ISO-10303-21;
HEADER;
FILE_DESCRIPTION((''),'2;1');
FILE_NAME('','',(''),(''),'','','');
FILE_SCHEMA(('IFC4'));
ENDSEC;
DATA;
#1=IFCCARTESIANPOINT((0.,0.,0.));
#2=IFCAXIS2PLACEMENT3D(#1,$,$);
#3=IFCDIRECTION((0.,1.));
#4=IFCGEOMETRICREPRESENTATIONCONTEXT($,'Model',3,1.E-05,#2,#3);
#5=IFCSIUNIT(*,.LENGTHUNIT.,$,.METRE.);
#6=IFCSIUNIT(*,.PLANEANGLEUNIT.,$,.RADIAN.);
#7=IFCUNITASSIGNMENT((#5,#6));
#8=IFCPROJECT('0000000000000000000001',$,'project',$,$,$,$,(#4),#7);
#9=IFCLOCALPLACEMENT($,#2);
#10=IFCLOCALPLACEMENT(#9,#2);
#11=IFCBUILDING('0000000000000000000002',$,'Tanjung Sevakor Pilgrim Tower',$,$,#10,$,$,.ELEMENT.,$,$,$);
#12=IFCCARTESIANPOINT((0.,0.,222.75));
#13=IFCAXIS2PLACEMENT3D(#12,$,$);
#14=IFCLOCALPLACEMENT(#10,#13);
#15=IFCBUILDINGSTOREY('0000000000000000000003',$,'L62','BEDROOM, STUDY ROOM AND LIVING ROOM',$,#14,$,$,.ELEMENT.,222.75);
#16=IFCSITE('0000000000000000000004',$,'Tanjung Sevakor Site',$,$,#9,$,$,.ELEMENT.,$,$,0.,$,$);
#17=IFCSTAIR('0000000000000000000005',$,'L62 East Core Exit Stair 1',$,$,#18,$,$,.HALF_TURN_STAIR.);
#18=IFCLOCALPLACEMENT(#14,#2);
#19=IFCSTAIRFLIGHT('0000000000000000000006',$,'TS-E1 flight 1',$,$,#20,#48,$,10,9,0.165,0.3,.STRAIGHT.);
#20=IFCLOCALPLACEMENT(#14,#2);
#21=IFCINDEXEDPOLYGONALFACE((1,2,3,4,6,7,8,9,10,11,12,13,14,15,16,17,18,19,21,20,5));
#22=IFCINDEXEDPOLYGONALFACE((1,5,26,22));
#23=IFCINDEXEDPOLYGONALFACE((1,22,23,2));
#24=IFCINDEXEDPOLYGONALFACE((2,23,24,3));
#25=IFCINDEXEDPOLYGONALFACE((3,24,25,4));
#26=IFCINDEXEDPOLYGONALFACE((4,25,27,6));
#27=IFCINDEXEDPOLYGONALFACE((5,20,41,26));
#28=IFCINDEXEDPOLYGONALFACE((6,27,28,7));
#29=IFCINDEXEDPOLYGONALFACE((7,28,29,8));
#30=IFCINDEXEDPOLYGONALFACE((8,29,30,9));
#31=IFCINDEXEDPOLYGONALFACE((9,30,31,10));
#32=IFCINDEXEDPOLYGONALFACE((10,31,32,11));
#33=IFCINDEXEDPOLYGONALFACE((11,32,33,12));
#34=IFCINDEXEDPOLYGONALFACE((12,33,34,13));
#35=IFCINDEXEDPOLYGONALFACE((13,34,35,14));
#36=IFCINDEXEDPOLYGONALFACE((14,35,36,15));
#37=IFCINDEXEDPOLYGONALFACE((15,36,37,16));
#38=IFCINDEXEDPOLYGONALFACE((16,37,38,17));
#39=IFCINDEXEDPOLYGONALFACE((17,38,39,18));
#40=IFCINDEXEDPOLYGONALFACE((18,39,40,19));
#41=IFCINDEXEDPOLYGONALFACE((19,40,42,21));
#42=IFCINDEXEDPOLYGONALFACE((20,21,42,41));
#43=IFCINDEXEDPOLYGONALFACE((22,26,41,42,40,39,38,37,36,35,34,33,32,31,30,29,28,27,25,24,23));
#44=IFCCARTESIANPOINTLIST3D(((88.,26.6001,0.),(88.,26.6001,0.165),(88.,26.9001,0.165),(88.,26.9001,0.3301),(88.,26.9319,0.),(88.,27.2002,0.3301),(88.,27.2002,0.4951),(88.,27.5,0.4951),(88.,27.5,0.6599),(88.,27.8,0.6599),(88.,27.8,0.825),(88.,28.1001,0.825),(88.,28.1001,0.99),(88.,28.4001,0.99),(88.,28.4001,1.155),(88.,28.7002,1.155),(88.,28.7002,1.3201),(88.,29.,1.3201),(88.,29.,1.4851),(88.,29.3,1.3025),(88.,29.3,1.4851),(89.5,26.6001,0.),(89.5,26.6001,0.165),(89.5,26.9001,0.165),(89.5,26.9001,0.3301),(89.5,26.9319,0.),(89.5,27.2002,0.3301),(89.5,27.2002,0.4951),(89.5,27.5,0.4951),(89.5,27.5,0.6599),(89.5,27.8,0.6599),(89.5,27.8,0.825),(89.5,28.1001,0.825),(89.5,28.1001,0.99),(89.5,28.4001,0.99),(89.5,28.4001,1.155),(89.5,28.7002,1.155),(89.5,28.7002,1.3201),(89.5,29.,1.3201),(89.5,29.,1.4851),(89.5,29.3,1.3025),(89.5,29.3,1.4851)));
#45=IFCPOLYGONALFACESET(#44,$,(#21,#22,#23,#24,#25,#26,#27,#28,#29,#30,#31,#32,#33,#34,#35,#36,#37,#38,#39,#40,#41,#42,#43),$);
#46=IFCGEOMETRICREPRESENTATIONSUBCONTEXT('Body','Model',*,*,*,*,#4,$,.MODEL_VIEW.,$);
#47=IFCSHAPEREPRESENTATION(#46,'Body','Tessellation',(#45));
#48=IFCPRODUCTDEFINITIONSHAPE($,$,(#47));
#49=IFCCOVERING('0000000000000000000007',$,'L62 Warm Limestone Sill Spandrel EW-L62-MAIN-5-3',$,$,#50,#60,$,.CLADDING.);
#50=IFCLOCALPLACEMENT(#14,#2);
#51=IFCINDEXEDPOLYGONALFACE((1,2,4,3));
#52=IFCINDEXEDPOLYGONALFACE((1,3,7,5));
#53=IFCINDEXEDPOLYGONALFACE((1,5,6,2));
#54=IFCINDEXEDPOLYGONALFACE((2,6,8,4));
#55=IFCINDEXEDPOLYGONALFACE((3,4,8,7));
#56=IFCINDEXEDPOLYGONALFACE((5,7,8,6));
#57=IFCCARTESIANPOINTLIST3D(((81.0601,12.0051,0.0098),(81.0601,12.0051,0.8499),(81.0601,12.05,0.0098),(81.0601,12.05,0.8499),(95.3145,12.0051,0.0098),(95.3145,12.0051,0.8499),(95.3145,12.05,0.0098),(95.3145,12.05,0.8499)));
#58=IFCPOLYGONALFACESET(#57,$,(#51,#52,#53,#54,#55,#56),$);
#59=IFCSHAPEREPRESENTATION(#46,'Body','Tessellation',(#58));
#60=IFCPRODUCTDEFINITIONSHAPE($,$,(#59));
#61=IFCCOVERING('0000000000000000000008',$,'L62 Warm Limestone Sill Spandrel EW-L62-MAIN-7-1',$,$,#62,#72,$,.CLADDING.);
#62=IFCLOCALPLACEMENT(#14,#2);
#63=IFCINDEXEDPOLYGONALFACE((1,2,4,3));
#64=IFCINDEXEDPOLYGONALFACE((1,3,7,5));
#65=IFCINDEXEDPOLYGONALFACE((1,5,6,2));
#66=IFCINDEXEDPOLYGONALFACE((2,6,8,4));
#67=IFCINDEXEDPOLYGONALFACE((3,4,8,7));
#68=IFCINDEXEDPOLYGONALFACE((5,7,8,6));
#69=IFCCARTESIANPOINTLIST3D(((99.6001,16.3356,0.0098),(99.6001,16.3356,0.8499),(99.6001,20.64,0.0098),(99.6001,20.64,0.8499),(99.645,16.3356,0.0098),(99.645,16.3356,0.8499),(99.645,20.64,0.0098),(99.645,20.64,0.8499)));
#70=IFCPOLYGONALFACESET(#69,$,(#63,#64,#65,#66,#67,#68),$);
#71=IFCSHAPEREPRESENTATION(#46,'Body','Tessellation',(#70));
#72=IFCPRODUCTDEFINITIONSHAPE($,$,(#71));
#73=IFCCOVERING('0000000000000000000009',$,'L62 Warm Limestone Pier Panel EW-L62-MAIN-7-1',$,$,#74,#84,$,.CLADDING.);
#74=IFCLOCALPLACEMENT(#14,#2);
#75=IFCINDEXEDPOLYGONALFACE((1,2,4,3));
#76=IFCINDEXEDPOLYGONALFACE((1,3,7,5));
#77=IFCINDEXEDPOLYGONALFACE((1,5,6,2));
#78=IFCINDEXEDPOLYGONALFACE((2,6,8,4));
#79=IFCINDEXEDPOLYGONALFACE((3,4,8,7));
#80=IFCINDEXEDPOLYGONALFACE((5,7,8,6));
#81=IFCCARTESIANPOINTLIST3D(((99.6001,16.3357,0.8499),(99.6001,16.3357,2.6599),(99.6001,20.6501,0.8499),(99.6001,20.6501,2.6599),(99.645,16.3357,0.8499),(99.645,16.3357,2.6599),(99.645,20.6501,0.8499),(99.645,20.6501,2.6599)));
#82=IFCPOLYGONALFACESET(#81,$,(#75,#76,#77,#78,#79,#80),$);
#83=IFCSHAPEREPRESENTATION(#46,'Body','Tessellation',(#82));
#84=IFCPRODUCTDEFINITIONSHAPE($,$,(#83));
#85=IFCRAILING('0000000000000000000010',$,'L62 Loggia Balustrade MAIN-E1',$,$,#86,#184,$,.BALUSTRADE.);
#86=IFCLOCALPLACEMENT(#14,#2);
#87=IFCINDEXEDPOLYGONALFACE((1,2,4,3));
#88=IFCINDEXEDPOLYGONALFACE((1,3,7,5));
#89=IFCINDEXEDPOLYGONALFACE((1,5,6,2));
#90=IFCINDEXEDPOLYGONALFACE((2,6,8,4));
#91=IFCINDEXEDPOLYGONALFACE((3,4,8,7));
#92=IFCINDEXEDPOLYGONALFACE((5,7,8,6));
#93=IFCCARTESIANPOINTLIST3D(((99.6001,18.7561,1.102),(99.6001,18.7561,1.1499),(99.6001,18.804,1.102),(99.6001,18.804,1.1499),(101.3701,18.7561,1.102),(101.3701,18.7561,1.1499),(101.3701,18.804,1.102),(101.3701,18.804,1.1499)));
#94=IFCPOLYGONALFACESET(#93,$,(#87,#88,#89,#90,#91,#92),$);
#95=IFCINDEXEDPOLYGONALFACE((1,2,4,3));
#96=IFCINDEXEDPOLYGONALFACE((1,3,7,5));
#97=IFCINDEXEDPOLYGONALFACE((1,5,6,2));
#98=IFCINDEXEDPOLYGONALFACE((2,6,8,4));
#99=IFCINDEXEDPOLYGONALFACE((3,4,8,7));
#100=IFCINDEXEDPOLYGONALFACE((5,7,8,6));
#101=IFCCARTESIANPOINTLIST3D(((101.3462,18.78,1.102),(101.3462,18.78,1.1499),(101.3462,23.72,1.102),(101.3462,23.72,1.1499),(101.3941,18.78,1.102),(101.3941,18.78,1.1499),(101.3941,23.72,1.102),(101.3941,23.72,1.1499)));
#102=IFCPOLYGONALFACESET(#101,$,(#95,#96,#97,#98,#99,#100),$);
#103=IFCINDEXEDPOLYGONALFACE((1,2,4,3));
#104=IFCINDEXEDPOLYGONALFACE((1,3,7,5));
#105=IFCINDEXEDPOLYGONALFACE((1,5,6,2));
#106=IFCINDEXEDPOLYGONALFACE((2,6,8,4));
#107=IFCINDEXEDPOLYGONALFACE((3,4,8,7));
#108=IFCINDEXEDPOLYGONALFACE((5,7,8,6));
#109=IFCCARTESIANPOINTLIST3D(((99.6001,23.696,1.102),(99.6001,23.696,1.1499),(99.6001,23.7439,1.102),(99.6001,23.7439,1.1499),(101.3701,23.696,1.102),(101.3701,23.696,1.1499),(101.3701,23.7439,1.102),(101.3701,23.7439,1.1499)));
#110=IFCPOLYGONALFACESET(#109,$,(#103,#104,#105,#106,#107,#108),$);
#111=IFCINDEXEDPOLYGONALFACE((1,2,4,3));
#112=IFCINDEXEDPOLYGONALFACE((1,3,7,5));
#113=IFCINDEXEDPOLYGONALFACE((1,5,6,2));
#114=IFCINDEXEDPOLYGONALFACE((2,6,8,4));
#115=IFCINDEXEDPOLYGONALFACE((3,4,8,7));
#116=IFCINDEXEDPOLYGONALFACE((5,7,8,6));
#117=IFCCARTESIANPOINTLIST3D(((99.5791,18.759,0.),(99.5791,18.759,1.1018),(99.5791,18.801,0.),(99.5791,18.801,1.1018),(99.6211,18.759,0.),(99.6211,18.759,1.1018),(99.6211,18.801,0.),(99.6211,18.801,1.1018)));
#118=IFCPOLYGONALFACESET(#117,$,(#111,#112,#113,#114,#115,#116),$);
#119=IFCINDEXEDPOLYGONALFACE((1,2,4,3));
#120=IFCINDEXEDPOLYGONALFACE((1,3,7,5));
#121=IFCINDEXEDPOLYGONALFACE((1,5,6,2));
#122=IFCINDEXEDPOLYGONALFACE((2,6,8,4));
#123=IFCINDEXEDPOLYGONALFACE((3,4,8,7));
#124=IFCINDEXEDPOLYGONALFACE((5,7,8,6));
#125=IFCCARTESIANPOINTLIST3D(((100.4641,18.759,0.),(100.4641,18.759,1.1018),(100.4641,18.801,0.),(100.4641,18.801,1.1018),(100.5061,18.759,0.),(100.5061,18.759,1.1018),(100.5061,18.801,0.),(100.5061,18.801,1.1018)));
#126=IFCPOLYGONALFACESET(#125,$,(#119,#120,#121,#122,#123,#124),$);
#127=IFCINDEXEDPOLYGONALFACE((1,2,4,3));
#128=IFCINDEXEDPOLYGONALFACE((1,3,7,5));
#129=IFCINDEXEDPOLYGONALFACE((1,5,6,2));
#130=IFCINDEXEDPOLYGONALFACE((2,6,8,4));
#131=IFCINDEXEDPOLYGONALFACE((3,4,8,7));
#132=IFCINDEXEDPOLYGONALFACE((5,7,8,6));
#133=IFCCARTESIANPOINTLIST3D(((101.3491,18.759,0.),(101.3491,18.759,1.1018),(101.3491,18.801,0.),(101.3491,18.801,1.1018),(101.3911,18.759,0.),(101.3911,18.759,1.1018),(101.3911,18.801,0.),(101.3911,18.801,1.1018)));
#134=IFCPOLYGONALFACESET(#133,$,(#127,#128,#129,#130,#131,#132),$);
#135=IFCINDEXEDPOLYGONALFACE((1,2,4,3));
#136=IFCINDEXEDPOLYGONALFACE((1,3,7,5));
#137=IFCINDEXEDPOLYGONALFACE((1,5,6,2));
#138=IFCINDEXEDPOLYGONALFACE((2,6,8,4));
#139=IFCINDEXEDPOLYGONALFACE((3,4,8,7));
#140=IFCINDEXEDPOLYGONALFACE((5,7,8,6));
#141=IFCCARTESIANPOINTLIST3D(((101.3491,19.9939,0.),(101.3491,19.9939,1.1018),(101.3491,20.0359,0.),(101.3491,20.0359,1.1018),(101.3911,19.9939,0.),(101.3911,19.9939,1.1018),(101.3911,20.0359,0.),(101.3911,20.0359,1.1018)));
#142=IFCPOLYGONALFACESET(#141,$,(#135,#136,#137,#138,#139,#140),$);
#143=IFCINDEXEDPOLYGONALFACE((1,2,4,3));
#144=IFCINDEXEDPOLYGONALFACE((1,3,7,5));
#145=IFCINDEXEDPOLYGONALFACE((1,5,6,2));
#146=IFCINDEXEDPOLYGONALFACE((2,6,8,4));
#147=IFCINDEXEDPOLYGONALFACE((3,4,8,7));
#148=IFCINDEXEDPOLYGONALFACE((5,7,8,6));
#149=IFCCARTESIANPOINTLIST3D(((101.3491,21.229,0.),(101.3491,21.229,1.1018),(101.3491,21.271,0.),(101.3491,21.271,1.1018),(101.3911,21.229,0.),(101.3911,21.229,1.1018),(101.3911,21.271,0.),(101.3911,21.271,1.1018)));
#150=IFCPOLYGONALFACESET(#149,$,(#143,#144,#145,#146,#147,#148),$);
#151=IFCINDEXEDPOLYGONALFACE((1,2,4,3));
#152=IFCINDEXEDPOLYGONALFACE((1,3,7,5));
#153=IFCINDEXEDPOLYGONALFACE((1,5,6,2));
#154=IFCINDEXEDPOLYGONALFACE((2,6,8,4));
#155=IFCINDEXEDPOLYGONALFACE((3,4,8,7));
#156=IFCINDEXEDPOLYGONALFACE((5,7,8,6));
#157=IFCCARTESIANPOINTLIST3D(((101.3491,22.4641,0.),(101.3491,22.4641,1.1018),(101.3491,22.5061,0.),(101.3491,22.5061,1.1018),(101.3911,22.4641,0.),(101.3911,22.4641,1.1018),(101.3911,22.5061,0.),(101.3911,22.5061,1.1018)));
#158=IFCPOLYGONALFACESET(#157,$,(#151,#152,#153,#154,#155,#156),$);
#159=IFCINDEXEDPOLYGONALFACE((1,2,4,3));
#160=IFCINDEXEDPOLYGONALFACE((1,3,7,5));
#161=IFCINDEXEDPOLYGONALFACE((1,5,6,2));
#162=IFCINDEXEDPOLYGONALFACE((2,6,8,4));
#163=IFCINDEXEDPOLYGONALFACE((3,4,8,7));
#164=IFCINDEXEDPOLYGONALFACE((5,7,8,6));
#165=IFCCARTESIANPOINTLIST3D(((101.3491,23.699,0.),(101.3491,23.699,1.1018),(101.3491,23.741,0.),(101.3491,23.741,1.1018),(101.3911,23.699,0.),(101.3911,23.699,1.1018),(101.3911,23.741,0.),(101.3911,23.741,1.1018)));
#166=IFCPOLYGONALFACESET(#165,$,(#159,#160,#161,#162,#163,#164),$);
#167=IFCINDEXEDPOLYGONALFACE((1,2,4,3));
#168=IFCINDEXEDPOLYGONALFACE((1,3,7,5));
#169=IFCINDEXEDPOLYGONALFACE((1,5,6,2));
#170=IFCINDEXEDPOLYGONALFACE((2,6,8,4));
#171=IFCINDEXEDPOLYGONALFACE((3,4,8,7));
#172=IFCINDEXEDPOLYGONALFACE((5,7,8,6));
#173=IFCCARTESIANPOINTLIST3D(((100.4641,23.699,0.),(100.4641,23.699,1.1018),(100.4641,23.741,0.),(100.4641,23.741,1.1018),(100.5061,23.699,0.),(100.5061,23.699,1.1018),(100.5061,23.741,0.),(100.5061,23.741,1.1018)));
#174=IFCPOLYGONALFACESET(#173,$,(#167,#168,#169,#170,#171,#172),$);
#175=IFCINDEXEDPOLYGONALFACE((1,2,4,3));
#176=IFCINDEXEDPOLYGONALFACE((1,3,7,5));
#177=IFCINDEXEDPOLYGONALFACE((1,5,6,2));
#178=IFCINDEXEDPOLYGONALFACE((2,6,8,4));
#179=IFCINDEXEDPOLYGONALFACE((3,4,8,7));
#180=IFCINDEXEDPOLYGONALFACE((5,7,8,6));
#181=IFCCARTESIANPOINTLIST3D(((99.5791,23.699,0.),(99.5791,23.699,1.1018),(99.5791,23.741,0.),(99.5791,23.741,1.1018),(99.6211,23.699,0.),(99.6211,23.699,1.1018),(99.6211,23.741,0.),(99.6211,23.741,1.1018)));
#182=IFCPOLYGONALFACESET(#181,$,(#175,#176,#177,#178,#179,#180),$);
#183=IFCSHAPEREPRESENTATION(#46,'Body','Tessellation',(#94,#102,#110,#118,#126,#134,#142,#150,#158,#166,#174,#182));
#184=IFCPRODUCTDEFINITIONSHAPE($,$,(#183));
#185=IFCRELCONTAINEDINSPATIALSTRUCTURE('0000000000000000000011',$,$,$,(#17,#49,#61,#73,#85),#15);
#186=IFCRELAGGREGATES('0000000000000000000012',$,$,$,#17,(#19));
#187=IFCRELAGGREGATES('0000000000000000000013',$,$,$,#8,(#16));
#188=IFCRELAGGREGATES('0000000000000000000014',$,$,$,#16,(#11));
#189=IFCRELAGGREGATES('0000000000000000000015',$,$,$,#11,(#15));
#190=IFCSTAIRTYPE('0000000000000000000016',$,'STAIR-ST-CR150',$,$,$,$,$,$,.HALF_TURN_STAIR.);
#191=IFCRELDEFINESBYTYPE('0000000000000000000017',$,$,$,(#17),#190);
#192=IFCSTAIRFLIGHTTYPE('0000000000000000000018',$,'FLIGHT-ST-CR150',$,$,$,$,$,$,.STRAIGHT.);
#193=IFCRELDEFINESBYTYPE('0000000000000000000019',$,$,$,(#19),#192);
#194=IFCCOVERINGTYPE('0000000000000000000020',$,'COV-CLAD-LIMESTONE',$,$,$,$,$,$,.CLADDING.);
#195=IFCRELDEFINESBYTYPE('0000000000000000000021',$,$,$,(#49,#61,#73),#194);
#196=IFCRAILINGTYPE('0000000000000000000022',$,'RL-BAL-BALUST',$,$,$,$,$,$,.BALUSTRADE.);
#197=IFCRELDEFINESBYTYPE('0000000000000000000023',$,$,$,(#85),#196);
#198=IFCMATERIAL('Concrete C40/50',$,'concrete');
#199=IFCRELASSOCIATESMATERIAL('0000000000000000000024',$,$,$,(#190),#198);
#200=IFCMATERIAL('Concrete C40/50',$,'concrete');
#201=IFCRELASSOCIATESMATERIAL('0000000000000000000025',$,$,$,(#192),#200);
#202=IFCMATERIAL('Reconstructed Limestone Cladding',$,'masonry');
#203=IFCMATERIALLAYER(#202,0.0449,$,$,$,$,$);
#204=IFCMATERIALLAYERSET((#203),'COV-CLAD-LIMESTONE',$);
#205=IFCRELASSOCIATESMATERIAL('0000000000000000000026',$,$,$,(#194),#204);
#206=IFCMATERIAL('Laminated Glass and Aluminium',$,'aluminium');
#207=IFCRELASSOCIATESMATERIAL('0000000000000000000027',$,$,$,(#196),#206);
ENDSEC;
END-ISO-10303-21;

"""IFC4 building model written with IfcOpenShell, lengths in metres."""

from ifc_helpers import new_model, si_unit, direction, frame, origin, origin_2d, place, context, subcontext, project, spatial, polyline, rectangle, outline, extrude, material, layer, layer_set, type_object, element, aggregate, save


model = new_model("IFC4")

# Units and contexts
model_context = context("Model", 3, precision=1e-05, world=origin(), true_north=direction((0.0, 1.0)))
body_context = subcontext(model_context, "Body", "Model", "MODEL_VIEW")
ifc_project = project(units=[si_unit("LENGTHUNIT", "METRE"), si_unit("PLANEANGLEUNIT", "RADIAN")], contexts=[model_context])

# Site, building, storey
site_placement = place(None, origin())
site = spatial("IfcSite", under=ifc_project, at=site_placement, Name="Tanjung Sevakor Site", CompositionType="ELEMENT", RefElevation=0.0)
building_placement = place(site_placement, origin())
building = spatial("IfcBuilding", under=site, at=building_placement, Name="Tanjung Sevakor Pilgrim Tower", CompositionType="ELEMENT")
storey_placement = place(building_placement, frame((0.0, 0.0, 222.75)))
storey = spatial("IfcBuildingStorey", under=building, at=storey_placement, Name="L62", Description="BEDROOM, STUDY ROOM AND LIVING ROOM", CompositionType="ELEMENT", Elevation=222.75)

# Stair, stair flight
ifc_material_1 = material(Name="Concrete C40/50", Category="concrete")
stair_type = type_object("IfcStairType", Name="STAIR-ST-CR150", PredefinedType="HALF_TURN_STAIR", material=ifc_material_1)
stair_placement = place(storey_placement, origin())
stair = element("IfcStair", 1, at=stair_placement, inside=storey, type_object=stair_type, Name="L62 East Core Exit Stair 1", PredefinedType="HALF_TURN_STAIR")
ifc_material_2 = material(Name="Concrete C40/50", Category="concrete")
stair_flight_type = type_object("IfcStairFlightType", Name="FLIGHT-ST-CR150", PredefinedType="STRAIGHT", material=ifc_material_2)
stair_flight_placement = place(storey_placement, frame((88.75, 26.6001, 0.0), z_axis=(0.0, 0.0, 1.0), x_axis=(0.0, 1.0, 0.0)))
stair_flight = element("IfcStairFlight", 2, at=stair_flight_placement, type_object=stair_flight_type, Name="TS-E1 flight 1", NumberOfRisers=10, NumberOfTreads=9, PredefinedType="STRAIGHT", RiserHeight=0.165, TreadLength=0.3, context=body_context, shape_type="SweptSolid", body=[
    extrude(outline(polyline([(0.0, 0.0), (0.0, 0.165), (0.3, 0.165), (0.3, 0.3301), (0.6001, 0.3301), (0.6001, 0.4951), (0.8999, 0.4951), (0.8999, 0.6599), (1.2, 0.6599), (1.2, 0.825), (1.5, 0.825), (1.5, 0.99), (1.8, 0.99), (1.8, 1.155), (2.1001, 1.155), (2.1001, 1.3201), (2.3999, 1.3201), (2.3999, 1.4851), (2.7, 1.4851), (2.7, 1.6499), (2.7, 1.3025), (0.3318, 0.0), (0.0, 0.0)])), frame((0.0, 0.75, 0.0), z_axis=(0.0, -1.0, 0.0), x_axis=(1.0, 0.0, 0.0)), (0.0, 0.0, 1.0), 1.5),
])
aggregate(stair, [stair_flight])

# Coverings
ifc_material_3 = material(Name="Reconstructed Limestone Cladding", Category="masonry")
ifc_layer_1 = layer(ifc_material_3, 0.0449)
ifc_layer_set_1 = layer_set([ifc_layer_1], Name="COV-CLAD-LIMESTONE")
covering_type = type_object("IfcCoveringType", Name="COV-CLAD-LIMESTONE", PredefinedType="CLADDING", material=ifc_layer_set_1)
covering_1_placement = place(storey_placement, frame((88.1873, 12.0276, 0.0098), z_axis=(0.0, 0.0, 1.0), x_axis=(1.0, 0.0, 0.0)))
element("IfcCovering", 3, at=covering_1_placement, inside=storey, type_object=covering_type, Name="L62 Warm Limestone Sill Spandrel EW-L62-MAIN-5-3", PredefinedType="CLADDING", context=body_context, shape_type="SweptSolid", body=[
    extrude(rectangle(XDim=14.2544, YDim=0.0449, at=origin_2d()), origin(), (0.0, 0.0, 1.0), 0.8401),
])
covering_2_placement = place(storey_placement, frame((99.6226, 18.4878, 0.0098), z_axis=(0.0, 0.0, 1.0), x_axis=(0.0, 1.0, 0.0)))
element("IfcCovering", 4, at=covering_2_placement, inside=storey, type_object=covering_type, Name="L62 Warm Limestone Sill Spandrel EW-L62-MAIN-7-1", PredefinedType="CLADDING", context=body_context, shape_type="SweptSolid", body=[
    extrude(rectangle(XDim=4.3044, YDim=0.0449, at=origin_2d()), origin(), (0.0, 0.0, 1.0), 0.8401),
])
covering_3_placement = place(storey_placement, frame((99.6226, 18.4929, 0.8499), z_axis=(0.0, 0.0, 1.0), x_axis=(0.0, 1.0, 0.0)))
element("IfcCovering", 5, at=covering_3_placement, inside=storey, type_object=covering_type, Name="L62 Warm Limestone Pier Panel EW-L62-MAIN-7-1", PredefinedType="CLADDING", context=body_context, shape_type="SweptSolid", body=[
    extrude(rectangle(XDim=4.3145, YDim=0.0449, at=origin_2d()), origin(), (0.0, 0.0, 1.0), 1.8101),
])

# Railing
ifc_material_4 = material(Name="Laminated Glass and Aluminium", Category="aluminium")
railing_type_1 = type_object("IfcRailingType", Name="RL-BAL-BALUST", PredefinedType="BALUSTRADE", material=ifc_material_4)
railing_1_placement = place(storey_placement, frame((99.6001, 18.78, 0.0)))
element("IfcRailing", 6, at=railing_1_placement, inside=storey, type_object=railing_type_1, Name="L62 Loggia Balustrade MAIN-E1", PredefinedType="BALUSTRADE", context=body_context, shape_type="SweptSolid", body=[
    extrude(rectangle(XDim=0.0479, YDim=0.0479), frame((0.0, 0.0, 1.126), z_axis=(1.0, 0.0, 0.0), x_axis=(0.0, 1.0, 0.0)), (0.0, 0.0, 1.0), 1.77),
    extrude(rectangle(XDim=0.0479, YDim=0.0479), frame((1.77, 0.0, 1.126), z_axis=(0.0, 1.0, 0.0), x_axis=(-1.0, 0.0, 0.0)), (0.0, 0.0, 1.0), 4.9399),
    extrude(rectangle(XDim=0.0479, YDim=0.0479), frame((1.77, 4.9399, 1.126), z_axis=(-1.0, 0.0, 0.0), x_axis=(0.0, -1.0, 0.0)), (0.0, 0.0, 1.0), 1.77),
    extrude(rectangle(XDim=0.042, YDim=0.042), origin(), (0.0, 0.0, 1.0), 1.1018),
    extrude(rectangle(XDim=0.042, YDim=0.042), frame((0.885, 0.0, 0.0)), (0.0, 0.0, 1.0), 1.1018),
    extrude(rectangle(XDim=0.042, YDim=0.042), frame((1.77, 0.0, 0.0)), (0.0, 0.0, 1.0), 1.1018),
    extrude(rectangle(XDim=0.042, YDim=0.042), frame((1.77, 1.2349, 0.0)), (0.0, 0.0, 1.0), 1.1018),
    extrude(rectangle(XDim=0.042, YDim=0.042), frame((1.77, 2.47, 0.0)), (0.0, 0.0, 1.0), 1.1018),
    extrude(rectangle(XDim=0.042, YDim=0.042), frame((1.77, 3.7051, 0.0)), (0.0, 0.0, 1.0), 1.1018),
    extrude(rectangle(XDim=0.042, YDim=0.042), frame((1.77, 4.9399, 0.0)), (0.0, 0.0, 1.0), 1.1018),
    extrude(rectangle(XDim=0.042, YDim=0.042), frame((0.885, 4.9399, 0.0)), (0.0, 0.0, 1.0), 1.1018),
    extrude(rectangle(XDim=0.042, YDim=0.042), frame((0.0, 4.9399, 0.0)), (0.0, 0.0, 1.0), 1.1018),
])

save(model, "model.ifc")
